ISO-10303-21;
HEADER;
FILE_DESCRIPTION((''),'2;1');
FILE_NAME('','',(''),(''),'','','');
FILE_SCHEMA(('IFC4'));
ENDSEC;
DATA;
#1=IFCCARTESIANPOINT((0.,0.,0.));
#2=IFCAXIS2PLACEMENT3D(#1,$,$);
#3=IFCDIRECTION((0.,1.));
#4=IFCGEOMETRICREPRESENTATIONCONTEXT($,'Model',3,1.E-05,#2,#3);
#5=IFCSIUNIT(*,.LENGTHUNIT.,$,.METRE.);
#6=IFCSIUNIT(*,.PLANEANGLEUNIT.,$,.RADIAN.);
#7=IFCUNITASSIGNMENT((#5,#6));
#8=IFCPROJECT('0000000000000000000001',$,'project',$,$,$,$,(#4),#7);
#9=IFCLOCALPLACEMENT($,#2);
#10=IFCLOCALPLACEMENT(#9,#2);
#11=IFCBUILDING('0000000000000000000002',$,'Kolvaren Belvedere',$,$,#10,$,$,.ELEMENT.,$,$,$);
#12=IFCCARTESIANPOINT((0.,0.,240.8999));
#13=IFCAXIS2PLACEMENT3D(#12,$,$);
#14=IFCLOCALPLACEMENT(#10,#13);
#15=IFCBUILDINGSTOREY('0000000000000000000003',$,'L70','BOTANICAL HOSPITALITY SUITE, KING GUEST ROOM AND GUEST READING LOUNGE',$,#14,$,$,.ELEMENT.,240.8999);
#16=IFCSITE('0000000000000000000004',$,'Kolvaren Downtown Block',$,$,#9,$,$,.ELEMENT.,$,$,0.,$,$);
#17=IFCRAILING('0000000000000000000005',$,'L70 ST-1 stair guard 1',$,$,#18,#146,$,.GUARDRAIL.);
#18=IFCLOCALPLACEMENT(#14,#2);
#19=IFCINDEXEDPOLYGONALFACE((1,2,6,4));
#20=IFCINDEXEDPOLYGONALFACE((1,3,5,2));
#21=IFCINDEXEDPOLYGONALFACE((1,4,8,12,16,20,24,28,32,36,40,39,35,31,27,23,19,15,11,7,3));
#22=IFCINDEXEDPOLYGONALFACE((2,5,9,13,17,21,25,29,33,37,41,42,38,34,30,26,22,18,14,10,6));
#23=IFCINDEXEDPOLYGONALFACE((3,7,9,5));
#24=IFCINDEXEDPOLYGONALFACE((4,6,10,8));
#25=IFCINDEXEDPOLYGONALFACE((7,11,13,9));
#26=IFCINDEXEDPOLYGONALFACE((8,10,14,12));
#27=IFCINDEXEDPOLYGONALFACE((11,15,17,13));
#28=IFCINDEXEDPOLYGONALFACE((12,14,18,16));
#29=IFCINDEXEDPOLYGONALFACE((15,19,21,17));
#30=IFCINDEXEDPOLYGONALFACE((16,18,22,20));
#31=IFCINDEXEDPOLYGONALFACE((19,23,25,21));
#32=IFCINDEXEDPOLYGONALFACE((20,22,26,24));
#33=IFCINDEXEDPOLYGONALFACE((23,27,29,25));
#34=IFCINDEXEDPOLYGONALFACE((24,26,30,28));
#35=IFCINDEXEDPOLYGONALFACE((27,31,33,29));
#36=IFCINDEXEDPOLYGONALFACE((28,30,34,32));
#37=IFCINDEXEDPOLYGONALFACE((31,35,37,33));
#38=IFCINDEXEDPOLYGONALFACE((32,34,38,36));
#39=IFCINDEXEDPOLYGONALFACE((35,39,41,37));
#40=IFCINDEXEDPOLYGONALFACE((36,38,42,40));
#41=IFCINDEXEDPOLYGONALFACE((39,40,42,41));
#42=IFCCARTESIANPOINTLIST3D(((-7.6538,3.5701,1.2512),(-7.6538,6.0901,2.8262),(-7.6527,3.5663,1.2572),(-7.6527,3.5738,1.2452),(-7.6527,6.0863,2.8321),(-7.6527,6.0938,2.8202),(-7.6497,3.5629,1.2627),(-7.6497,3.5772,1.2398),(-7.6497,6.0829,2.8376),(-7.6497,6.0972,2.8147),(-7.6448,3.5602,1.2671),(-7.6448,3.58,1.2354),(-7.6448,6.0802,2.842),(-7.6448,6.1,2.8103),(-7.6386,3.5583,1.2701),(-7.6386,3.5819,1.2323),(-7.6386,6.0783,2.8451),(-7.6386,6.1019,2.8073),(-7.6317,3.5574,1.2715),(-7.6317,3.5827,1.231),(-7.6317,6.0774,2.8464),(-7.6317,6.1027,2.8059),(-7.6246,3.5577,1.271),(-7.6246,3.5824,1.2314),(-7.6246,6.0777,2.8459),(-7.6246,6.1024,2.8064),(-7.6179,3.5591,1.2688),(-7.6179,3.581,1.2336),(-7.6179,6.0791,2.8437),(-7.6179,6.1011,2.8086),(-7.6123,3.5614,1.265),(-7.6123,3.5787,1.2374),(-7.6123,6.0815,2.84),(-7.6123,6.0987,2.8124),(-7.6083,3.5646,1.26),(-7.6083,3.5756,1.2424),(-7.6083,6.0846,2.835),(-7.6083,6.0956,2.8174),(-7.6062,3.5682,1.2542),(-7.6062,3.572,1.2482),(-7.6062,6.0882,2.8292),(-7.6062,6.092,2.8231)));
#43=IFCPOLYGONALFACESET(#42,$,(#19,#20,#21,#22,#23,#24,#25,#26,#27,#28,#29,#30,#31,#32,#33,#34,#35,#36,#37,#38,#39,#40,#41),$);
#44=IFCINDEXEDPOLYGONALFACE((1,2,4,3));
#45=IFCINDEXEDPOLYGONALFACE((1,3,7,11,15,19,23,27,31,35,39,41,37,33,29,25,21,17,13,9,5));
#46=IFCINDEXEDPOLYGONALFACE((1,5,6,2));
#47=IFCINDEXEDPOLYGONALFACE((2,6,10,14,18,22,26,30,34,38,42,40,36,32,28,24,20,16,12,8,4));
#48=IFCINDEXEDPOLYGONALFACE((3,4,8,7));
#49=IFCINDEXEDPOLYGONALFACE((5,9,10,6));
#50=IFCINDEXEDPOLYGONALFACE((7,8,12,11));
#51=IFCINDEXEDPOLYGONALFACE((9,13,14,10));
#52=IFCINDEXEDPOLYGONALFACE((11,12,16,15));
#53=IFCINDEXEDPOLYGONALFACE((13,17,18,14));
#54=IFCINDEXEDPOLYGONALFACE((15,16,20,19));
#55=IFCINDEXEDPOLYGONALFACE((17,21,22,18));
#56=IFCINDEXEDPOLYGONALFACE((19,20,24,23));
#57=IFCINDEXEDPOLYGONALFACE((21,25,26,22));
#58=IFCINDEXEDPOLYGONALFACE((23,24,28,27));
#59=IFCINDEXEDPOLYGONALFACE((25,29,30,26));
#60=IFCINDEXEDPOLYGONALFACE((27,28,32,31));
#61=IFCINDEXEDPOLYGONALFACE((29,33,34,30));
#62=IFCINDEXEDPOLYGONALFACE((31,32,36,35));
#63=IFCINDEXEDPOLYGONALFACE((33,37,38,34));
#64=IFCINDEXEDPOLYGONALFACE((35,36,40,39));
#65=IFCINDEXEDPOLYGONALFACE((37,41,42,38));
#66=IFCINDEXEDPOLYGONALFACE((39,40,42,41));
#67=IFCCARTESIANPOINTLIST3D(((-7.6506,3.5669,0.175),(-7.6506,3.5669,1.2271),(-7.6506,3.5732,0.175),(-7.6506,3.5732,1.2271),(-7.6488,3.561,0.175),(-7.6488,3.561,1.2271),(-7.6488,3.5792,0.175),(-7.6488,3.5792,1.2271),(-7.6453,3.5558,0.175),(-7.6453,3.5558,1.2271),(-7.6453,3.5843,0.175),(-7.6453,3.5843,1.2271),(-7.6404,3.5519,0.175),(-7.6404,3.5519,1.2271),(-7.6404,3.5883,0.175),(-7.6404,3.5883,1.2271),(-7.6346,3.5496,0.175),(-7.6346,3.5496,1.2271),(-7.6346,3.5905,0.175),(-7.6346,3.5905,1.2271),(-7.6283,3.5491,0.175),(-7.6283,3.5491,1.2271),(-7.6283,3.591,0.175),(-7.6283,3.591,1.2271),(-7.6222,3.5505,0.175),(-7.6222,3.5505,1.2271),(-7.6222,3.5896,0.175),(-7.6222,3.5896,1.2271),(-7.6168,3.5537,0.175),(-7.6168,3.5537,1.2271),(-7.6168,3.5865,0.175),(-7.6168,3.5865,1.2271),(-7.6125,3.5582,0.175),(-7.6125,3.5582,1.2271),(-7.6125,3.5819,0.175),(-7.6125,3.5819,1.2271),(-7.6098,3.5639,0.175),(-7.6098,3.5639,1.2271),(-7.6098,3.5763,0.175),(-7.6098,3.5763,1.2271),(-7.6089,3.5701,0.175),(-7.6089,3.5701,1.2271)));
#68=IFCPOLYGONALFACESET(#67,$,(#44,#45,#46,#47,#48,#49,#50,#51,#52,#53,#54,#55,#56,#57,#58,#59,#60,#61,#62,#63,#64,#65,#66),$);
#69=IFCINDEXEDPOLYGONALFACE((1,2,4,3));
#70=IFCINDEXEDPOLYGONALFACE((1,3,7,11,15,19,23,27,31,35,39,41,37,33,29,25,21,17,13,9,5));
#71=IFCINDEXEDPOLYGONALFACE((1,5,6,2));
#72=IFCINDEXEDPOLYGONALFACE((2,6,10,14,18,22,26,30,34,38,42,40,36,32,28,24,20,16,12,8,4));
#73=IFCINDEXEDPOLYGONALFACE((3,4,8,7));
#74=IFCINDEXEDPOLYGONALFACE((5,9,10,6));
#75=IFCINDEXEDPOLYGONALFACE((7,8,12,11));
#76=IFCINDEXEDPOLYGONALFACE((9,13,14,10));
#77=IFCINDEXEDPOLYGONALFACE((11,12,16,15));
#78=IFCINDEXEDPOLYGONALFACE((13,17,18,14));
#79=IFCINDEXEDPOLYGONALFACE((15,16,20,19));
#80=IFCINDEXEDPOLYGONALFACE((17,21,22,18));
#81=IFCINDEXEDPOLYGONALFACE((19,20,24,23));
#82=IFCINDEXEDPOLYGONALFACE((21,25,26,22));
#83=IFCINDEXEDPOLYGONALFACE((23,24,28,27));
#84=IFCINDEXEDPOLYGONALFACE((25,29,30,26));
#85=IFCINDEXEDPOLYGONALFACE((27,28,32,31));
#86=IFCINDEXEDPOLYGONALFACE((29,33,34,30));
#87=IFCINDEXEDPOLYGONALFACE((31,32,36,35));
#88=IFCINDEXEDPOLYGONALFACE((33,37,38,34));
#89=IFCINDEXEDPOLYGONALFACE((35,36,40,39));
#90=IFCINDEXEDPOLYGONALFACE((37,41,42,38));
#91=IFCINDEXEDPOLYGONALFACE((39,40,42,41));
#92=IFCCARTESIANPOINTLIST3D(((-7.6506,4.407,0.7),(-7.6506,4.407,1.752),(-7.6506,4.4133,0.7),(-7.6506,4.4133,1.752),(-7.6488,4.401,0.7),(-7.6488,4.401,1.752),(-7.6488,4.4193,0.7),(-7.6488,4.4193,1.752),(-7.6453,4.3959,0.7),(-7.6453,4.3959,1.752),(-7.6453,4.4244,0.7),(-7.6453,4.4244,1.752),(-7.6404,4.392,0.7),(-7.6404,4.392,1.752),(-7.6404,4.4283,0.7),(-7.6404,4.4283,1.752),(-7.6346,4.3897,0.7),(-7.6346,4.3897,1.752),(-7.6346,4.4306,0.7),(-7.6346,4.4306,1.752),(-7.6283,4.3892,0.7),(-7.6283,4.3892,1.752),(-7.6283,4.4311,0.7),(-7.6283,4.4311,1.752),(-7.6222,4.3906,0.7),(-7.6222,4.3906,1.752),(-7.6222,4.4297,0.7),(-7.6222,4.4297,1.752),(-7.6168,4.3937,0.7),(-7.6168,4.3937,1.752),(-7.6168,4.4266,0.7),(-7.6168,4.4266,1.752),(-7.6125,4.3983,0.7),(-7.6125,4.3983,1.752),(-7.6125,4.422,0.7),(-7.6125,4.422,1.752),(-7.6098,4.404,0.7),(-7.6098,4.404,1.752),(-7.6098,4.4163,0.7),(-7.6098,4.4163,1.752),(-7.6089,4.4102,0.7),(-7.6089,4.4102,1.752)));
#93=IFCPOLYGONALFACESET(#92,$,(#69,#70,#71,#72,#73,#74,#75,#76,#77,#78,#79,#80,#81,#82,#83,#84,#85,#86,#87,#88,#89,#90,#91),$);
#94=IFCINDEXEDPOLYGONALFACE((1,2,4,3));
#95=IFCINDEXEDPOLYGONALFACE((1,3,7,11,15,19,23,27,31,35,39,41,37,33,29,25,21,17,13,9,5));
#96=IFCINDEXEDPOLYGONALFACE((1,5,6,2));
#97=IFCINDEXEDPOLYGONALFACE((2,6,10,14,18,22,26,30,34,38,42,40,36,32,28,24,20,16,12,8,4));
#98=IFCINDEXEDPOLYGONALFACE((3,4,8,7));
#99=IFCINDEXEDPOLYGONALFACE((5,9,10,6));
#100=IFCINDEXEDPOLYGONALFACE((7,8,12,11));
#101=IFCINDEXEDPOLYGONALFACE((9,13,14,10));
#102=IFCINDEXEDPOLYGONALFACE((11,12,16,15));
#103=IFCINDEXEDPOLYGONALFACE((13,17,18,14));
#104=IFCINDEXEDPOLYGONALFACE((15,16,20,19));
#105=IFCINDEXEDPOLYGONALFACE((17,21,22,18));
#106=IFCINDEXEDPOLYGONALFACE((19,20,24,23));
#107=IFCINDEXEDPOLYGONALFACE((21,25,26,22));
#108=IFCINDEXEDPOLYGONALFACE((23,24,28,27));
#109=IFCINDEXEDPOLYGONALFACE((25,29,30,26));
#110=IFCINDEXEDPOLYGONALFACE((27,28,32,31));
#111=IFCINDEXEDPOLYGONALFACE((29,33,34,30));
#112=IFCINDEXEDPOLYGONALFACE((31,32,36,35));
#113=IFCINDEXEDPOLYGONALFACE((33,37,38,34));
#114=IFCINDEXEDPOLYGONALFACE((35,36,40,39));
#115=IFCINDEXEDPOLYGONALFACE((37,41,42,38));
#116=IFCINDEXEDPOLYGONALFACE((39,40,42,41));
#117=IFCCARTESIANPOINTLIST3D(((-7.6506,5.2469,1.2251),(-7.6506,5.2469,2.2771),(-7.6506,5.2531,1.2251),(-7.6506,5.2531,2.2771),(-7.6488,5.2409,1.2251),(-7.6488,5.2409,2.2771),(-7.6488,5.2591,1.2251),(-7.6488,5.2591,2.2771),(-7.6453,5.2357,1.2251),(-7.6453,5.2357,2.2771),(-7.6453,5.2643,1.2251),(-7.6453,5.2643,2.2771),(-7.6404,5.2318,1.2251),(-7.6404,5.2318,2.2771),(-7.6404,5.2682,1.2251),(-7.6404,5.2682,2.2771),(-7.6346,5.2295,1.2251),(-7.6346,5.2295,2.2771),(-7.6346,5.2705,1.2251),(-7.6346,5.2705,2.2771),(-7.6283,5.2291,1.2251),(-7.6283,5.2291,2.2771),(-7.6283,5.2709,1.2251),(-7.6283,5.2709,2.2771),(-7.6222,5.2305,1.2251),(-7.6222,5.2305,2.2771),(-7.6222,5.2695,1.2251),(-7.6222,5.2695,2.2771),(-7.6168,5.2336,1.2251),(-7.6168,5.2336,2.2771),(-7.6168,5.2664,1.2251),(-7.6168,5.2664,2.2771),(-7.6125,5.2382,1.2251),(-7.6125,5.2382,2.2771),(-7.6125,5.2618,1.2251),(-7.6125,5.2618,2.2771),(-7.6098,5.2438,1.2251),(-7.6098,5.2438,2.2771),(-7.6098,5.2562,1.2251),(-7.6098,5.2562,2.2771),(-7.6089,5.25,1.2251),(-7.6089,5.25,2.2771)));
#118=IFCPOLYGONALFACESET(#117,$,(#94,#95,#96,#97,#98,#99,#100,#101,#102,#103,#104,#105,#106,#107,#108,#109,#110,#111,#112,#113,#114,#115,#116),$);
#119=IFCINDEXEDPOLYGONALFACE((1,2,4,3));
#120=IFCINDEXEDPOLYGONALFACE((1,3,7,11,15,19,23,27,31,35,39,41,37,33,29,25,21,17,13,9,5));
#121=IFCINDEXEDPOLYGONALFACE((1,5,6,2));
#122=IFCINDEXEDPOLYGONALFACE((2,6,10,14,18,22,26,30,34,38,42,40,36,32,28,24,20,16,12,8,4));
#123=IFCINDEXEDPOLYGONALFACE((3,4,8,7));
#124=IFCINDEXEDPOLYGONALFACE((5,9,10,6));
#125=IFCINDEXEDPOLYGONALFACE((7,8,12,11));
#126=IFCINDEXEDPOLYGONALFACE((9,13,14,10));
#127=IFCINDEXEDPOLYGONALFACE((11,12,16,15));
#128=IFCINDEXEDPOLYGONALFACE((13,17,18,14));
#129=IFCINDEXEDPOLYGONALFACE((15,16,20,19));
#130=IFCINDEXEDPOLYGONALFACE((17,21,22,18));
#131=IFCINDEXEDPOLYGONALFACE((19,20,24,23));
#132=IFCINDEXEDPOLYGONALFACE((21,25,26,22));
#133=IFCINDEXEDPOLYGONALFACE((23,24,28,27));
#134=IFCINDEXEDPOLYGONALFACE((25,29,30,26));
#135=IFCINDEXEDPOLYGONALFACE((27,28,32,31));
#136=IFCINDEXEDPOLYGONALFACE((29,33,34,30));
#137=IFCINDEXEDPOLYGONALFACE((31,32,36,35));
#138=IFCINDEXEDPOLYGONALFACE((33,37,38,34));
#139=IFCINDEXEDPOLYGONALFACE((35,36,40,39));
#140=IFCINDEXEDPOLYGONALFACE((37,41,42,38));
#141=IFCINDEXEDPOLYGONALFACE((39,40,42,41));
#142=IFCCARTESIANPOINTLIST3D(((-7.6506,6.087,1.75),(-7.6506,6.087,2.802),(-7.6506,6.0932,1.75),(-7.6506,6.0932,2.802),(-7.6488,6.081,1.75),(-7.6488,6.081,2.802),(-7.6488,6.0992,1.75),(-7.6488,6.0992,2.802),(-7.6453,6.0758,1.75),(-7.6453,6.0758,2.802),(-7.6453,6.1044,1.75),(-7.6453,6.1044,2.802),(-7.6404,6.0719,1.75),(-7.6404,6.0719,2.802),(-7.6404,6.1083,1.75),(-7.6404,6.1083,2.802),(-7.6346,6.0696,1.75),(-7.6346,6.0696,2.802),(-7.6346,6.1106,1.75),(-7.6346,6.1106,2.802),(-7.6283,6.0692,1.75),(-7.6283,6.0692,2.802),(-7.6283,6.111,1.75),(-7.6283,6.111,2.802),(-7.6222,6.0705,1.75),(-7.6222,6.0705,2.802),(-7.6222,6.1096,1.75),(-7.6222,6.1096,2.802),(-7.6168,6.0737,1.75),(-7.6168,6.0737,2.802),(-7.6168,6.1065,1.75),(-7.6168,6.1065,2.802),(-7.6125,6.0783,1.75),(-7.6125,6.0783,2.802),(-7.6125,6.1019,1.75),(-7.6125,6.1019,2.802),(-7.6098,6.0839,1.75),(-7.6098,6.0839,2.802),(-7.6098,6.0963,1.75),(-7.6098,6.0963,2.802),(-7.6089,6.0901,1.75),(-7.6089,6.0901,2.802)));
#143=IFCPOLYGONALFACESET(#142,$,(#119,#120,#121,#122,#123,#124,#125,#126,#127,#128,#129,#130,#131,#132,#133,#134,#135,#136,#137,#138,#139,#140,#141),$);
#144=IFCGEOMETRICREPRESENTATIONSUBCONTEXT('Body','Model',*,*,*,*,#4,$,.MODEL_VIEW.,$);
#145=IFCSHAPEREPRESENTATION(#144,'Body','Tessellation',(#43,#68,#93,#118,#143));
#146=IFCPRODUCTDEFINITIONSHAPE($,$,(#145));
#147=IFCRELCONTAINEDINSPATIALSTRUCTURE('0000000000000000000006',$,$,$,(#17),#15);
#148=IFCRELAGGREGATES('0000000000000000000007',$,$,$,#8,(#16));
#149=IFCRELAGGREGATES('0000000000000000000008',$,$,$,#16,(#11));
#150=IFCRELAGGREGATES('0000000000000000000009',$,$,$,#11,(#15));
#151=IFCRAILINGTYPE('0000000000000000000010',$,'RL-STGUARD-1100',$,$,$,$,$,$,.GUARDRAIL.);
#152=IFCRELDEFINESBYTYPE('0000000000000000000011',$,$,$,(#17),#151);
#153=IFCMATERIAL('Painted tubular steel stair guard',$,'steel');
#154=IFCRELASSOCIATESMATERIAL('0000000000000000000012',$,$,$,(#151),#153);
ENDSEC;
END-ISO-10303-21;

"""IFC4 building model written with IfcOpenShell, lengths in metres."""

from ifc_helpers import new_model, si_unit, direction, frame, origin, origin_2d, place, context, subcontext, project, spatial, circle, extrude, material, type_object, element, save


model = new_model("IFC4")

# Units and contexts
model_context = context("Model", 3, precision=1e-05, world=origin(), true_north=direction((0.0, 1.0)))
body_context = subcontext(model_context, "Body", "Model", "MODEL_VIEW")
ifc_project = project(units=[si_unit("LENGTHUNIT", "METRE"), si_unit("PLANEANGLEUNIT", "RADIAN")], contexts=[model_context])

# Site, building, storey
site_placement = place(None, origin())
site = spatial("IfcSite", under=ifc_project, at=site_placement, Name="Kolvaren Downtown Block", CompositionType="ELEMENT", RefElevation=0.0)
building_placement = place(site_placement, origin())
building = spatial("IfcBuilding", under=site, at=building_placement, Name="Kolvaren Belvedere", CompositionType="ELEMENT")
storey_placement = place(building_placement, frame((0.0, 0.0, 240.8999)))
storey = spatial("IfcBuildingStorey", under=building, at=storey_placement, Name="L70", Description="BOTANICAL HOSPITALITY SUITE, KING GUEST ROOM AND GUEST READING LOUNGE", CompositionType="ELEMENT", Elevation=240.8999)

# Railing
ifc_material_1 = material(Name="Painted tubular steel stair guard", Category="steel")
railing_type_1 = type_object("IfcRailingType", Name="RL-STGUARD-1100", PredefinedType="GUARDRAIL", material=ifc_material_1)
railing_1_placement = place(storey_placement, frame((-7.6299, 3.5701, 0.175)))
element("IfcRailing", 1, at=railing_1_placement, inside=storey, type_object=railing_type_1, Name="L70 ST-1 stair guard 1", PredefinedType="GUARDRAIL", context=body_context, shape_type="SweptSolid", body=[
    extrude(circle(Radius=0.0239, at=origin_2d()), frame((0.0, 0.0, 1.0762), z_axis=(0.0, 0.848008, 0.529984), x_axis=(-1.0, 0.0, 0.0)), (0.0, 0.0, 1.0), 2.9717),
    extrude(circle(Radius=0.021, at=origin_2d()), origin(), (0.0, 0.0, 1.0), 1.052),
    extrude(circle(Radius=0.021, at=origin_2d()), frame((0.0, 0.8401, 0.5249)), (0.0, 0.0, 1.0), 1.052),
    extrude(circle(Radius=0.021, at=origin_2d()), frame((0.0, 1.6799, 1.05)), (0.0, 0.0, 1.0), 1.052),
    extrude(circle(Radius=0.021, at=origin_2d()), frame((0.0, 2.52, 1.575)), (0.0, 0.0, 1.0), 1.052),
])

save(model, "model.ifc")
